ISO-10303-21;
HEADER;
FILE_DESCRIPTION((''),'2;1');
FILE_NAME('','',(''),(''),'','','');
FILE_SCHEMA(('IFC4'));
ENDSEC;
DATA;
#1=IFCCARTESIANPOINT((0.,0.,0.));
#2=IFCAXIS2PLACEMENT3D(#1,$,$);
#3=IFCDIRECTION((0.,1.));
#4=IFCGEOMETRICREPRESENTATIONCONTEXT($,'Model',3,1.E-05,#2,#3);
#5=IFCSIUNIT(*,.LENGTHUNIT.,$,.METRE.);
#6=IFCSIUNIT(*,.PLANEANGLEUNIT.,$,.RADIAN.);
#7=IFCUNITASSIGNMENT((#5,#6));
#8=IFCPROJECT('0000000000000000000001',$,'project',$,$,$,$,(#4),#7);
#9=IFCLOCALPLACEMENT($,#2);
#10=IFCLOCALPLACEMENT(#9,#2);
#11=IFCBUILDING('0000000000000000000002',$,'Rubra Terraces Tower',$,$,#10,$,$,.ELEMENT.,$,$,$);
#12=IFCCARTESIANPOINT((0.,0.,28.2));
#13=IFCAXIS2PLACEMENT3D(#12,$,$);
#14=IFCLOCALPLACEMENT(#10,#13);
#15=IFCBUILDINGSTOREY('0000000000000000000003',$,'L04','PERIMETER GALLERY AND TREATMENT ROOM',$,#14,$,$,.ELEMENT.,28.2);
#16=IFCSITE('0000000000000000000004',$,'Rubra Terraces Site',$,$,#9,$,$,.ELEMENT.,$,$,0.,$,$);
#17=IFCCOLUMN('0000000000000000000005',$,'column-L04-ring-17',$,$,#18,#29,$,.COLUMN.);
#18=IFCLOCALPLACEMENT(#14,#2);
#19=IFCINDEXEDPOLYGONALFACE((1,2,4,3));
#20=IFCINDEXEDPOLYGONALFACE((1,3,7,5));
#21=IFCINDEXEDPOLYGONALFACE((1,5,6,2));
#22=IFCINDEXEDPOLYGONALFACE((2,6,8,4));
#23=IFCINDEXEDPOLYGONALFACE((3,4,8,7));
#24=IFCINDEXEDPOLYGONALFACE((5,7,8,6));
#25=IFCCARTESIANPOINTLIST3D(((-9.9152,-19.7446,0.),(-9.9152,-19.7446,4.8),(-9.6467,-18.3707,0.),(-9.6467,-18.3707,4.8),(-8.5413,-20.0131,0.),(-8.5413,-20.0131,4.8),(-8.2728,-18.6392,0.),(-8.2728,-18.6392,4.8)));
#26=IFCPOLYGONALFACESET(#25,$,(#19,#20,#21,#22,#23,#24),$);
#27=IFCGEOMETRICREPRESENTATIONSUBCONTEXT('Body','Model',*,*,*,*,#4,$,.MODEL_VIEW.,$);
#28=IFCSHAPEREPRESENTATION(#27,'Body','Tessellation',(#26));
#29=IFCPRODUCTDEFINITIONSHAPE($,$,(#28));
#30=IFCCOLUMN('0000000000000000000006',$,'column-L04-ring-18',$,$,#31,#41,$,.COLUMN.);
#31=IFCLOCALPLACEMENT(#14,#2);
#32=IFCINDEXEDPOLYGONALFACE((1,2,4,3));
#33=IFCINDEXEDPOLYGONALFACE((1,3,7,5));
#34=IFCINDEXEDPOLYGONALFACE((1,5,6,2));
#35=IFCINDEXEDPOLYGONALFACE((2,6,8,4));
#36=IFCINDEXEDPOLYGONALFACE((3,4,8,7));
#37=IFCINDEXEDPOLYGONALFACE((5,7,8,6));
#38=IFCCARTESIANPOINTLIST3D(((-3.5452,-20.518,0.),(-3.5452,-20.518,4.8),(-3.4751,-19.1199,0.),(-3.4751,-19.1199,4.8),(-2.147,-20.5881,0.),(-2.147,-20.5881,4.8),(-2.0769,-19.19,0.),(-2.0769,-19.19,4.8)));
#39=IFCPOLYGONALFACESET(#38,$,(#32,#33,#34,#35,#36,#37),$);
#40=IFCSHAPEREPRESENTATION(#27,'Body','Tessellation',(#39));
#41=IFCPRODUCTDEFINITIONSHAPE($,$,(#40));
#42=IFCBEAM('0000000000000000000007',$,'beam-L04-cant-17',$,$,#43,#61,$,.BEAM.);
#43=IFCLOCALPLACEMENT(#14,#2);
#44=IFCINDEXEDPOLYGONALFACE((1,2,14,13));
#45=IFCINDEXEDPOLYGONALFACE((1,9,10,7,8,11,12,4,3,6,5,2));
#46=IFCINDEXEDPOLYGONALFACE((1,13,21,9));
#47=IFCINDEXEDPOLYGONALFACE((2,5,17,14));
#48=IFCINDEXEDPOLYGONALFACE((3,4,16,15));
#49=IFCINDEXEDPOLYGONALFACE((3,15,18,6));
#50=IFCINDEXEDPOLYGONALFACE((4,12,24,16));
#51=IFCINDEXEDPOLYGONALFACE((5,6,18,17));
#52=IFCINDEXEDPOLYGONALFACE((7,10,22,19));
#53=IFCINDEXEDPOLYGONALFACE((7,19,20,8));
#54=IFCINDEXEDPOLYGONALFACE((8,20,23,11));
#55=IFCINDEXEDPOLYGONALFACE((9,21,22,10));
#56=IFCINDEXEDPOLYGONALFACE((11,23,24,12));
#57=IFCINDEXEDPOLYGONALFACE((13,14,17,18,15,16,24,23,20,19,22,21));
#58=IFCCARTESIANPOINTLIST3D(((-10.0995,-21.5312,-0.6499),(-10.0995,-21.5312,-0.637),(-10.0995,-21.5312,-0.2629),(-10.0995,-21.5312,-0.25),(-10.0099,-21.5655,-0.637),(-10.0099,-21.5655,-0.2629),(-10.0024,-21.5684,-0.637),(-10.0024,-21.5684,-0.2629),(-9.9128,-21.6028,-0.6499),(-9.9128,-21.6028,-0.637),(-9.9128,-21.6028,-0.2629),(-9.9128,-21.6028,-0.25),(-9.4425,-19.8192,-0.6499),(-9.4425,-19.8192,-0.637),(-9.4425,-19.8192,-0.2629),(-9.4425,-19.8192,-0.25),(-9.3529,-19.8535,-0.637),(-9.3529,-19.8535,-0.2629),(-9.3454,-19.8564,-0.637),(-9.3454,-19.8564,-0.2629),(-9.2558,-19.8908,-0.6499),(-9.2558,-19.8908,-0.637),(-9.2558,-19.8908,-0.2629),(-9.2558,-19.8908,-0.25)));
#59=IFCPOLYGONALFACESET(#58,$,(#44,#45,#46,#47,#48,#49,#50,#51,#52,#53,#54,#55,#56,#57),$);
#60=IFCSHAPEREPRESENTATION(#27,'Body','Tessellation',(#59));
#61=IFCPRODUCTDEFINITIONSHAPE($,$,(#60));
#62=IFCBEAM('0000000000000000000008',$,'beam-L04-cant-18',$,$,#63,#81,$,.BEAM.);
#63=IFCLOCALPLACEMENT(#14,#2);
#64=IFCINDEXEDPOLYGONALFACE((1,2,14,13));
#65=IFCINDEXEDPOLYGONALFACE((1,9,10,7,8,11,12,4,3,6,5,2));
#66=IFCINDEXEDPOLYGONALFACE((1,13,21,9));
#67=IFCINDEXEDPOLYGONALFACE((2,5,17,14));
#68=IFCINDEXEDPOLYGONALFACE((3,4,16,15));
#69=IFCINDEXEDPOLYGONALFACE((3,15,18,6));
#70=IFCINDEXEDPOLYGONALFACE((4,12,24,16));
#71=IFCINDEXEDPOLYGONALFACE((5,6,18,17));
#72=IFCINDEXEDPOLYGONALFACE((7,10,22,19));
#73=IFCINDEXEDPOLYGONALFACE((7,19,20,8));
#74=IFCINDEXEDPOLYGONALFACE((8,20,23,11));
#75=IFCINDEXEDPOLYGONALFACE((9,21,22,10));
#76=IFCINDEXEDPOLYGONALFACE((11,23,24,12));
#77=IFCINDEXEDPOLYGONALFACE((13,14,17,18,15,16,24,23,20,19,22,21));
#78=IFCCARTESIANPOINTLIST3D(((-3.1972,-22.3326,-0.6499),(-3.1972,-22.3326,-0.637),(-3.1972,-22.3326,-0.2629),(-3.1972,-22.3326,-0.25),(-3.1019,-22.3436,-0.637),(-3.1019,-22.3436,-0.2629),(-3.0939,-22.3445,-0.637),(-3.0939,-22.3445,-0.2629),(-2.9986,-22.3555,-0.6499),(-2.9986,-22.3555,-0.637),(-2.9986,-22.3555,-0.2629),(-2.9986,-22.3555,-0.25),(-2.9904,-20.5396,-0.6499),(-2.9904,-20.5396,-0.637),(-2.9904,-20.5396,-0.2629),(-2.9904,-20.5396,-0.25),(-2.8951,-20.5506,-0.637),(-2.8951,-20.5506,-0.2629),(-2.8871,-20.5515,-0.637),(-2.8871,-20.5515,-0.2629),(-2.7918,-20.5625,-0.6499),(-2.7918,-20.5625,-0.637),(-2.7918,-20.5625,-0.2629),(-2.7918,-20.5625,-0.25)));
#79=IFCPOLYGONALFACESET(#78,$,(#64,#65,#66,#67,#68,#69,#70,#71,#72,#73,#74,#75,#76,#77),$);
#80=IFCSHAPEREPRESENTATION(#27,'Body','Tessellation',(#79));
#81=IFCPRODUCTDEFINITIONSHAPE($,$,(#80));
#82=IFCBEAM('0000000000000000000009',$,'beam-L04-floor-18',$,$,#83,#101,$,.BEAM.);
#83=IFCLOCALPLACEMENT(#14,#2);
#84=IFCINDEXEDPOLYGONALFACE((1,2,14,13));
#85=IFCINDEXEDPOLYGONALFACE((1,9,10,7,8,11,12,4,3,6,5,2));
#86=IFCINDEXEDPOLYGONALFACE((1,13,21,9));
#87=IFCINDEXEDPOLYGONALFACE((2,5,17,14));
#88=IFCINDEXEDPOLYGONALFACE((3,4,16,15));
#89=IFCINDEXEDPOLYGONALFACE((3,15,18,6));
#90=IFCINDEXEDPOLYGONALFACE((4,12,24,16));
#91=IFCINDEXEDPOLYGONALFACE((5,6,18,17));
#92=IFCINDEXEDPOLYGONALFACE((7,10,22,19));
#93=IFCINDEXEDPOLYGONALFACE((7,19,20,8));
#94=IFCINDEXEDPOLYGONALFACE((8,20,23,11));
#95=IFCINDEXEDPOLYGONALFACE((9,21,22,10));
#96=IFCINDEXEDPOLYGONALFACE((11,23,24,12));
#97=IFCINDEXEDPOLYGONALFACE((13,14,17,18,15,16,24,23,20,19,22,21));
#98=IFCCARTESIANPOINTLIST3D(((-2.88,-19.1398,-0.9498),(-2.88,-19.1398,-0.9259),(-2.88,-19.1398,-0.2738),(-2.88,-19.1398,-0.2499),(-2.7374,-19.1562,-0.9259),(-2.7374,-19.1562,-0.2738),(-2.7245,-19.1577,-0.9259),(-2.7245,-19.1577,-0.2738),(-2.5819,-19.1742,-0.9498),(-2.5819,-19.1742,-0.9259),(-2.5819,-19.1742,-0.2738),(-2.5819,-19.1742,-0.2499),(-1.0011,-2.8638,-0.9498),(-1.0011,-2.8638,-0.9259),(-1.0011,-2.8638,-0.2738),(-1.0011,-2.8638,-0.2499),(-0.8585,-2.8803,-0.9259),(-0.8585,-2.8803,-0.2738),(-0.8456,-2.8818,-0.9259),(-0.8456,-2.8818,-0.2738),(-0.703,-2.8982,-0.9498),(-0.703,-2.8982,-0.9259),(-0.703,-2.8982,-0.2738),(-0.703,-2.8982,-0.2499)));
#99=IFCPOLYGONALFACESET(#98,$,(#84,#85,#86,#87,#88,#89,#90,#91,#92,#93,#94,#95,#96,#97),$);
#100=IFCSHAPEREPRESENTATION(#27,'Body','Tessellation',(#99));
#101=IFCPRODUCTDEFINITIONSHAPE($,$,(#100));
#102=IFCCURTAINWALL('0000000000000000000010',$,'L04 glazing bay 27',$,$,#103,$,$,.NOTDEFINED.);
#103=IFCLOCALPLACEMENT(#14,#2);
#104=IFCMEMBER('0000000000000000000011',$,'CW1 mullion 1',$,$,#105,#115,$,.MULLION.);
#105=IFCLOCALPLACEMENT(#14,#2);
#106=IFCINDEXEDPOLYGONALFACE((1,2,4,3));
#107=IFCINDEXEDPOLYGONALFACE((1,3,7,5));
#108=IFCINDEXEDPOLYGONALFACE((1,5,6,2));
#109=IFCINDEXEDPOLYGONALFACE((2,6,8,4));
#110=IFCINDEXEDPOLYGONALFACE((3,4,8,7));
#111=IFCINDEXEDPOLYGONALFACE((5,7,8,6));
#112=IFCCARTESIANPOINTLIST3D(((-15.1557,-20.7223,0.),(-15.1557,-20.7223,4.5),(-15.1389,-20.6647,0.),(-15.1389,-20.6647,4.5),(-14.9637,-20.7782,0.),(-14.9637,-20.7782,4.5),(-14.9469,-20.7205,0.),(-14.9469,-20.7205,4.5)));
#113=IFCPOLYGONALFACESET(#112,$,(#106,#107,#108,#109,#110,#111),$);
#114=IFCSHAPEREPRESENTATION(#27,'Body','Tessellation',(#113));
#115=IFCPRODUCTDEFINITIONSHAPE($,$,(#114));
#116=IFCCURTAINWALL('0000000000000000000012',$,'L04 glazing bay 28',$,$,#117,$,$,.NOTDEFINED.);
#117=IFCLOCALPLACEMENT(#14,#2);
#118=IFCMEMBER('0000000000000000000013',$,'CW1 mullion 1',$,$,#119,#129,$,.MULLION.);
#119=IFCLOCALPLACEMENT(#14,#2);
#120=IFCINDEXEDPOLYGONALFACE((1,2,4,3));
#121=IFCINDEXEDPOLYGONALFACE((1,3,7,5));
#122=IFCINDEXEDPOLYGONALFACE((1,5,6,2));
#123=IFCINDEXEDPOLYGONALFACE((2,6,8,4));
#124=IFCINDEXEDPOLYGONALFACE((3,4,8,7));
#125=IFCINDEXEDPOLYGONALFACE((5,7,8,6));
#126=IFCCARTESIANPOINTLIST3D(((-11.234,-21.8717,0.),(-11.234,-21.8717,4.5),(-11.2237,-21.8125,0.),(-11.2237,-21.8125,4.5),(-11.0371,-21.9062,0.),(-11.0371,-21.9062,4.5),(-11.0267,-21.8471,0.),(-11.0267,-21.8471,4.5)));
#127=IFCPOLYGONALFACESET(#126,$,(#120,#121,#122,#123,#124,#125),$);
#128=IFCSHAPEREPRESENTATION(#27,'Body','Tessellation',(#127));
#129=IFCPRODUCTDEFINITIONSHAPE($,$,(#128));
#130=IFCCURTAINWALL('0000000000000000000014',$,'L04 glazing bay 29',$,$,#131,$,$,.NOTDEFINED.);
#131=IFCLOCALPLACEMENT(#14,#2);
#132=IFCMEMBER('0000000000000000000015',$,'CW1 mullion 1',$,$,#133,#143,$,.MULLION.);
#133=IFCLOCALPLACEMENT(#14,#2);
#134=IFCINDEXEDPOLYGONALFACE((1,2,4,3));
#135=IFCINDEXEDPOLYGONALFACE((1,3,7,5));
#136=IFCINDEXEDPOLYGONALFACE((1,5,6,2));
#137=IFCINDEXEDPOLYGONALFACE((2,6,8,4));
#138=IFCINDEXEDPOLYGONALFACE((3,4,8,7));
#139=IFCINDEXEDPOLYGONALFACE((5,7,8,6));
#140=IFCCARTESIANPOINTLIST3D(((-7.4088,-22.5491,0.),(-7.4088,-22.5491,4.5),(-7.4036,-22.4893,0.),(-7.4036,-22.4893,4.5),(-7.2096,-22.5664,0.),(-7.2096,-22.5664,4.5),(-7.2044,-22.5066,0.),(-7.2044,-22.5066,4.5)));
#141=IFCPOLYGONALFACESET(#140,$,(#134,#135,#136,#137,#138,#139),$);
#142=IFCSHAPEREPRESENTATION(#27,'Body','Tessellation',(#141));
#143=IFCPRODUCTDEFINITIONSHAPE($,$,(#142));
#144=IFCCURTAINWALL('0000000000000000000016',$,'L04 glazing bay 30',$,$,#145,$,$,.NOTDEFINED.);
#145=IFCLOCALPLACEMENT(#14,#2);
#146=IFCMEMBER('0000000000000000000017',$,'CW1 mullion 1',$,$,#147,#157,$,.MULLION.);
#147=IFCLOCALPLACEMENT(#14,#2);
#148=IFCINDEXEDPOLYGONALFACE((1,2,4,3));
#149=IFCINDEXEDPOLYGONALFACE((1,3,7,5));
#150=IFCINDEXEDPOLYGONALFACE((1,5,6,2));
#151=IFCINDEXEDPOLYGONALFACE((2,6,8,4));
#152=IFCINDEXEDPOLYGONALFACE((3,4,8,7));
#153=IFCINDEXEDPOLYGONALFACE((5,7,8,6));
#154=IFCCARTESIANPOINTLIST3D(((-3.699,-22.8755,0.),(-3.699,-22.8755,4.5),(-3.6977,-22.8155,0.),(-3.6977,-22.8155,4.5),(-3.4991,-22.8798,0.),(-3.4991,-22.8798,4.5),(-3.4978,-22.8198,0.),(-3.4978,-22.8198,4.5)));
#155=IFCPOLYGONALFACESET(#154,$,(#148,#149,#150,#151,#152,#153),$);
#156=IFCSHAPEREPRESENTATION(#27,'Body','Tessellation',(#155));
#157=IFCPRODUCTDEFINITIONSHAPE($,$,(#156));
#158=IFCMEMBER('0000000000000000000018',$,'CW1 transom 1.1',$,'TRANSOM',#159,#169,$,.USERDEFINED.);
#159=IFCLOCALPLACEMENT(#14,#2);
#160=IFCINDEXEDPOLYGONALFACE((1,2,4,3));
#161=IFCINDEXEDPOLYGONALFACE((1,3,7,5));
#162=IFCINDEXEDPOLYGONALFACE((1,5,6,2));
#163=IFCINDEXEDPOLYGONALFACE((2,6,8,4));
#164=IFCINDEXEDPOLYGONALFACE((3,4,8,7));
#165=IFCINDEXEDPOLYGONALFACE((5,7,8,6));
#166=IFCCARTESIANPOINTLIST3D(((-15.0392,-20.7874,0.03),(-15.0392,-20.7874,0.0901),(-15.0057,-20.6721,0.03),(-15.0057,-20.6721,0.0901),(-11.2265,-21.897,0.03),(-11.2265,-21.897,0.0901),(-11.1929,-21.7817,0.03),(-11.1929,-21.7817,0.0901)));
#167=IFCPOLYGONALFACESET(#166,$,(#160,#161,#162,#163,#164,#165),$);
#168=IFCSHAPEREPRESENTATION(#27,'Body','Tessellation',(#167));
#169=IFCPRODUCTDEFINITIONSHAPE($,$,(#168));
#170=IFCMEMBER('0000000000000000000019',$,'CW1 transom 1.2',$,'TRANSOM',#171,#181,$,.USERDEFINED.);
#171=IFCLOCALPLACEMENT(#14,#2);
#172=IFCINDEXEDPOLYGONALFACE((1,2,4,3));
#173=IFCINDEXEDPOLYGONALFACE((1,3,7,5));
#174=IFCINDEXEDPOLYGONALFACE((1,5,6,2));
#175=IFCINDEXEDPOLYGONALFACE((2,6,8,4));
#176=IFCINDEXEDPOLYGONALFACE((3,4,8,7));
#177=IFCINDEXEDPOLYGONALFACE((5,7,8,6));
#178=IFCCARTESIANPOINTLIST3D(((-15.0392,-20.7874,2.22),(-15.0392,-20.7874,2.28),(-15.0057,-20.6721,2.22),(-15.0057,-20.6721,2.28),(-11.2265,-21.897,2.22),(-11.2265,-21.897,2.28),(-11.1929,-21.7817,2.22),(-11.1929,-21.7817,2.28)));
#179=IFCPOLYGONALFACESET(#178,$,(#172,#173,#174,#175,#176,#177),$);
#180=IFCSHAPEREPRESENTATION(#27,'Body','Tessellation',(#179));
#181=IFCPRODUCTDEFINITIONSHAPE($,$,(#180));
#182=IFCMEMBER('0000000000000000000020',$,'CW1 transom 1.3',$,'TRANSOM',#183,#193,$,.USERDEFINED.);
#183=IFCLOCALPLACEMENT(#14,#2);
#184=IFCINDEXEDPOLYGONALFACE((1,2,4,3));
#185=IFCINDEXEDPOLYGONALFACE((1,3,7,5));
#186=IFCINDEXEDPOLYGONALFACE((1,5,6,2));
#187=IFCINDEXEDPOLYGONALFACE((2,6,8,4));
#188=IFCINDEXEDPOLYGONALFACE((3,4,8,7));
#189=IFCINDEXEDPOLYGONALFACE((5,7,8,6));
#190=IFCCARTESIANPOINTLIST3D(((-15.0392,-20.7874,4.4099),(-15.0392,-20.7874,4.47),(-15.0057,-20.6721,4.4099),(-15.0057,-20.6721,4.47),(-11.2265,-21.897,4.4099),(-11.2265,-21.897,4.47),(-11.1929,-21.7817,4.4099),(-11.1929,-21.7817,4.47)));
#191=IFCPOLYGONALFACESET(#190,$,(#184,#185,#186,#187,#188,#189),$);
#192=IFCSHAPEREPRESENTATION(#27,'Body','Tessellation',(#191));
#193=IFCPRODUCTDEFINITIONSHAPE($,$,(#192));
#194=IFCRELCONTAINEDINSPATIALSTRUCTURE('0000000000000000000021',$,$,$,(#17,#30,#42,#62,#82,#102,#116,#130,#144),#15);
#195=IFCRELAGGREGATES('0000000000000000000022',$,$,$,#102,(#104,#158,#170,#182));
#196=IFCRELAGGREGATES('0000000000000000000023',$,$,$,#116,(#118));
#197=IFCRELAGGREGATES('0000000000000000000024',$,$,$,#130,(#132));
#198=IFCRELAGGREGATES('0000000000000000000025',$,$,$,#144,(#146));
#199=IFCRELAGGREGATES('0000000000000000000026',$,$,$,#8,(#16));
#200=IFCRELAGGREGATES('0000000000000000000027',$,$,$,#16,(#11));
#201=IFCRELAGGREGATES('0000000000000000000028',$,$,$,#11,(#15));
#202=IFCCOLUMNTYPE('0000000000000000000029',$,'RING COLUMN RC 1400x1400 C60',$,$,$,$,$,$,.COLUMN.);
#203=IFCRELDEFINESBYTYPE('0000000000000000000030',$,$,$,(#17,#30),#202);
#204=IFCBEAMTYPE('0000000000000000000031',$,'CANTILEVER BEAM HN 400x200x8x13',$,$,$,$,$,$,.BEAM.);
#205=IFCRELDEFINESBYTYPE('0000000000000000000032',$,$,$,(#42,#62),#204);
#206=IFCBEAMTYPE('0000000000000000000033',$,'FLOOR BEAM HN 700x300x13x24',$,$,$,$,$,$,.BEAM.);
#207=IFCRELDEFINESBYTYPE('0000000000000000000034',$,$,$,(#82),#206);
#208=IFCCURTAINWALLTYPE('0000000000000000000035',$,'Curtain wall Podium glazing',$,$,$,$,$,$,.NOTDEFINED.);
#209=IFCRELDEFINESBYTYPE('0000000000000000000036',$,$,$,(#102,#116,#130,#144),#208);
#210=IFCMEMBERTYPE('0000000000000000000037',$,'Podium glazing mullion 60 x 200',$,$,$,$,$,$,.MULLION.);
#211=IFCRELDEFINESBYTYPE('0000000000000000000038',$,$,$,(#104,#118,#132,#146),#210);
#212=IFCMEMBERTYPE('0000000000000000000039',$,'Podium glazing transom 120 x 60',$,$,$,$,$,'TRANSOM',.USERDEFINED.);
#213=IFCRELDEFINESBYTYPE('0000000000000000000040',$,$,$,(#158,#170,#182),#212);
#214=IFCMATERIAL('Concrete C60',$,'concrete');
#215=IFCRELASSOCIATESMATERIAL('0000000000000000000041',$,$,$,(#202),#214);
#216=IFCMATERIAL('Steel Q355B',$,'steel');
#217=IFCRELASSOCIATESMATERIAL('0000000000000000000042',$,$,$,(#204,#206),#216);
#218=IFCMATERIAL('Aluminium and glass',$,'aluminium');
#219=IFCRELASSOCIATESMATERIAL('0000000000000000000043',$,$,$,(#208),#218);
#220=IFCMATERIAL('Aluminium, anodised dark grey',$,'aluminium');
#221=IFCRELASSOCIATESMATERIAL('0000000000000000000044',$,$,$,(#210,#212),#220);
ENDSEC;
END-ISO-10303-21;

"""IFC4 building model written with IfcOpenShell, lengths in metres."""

from ifc_helpers import new_model, si_unit, direction, frame, origin, origin_2d, place, context, subcontext, project, spatial, rectangle, i_section, extrude, material, material_profile, profile_set, type_object, element, aggregate, save


model = new_model("IFC4")

# Units and contexts
model_context = context("Model", 3, precision=1e-05, world=origin(), true_north=direction((0.0, 1.0)))
body_context = subcontext(model_context, "Body", "Model", "MODEL_VIEW")
ifc_project = project(units=[si_unit("LENGTHUNIT", "METRE"), si_unit("PLANEANGLEUNIT", "RADIAN")], contexts=[model_context])

# Site, building, storey
site_placement = place(None, origin())
site = spatial("IfcSite", under=ifc_project, at=site_placement, Name="Rubra Terraces Site", CompositionType="ELEMENT", RefElevation=0.0)
building_placement = place(site_placement, origin())
building = spatial("IfcBuilding", under=site, at=building_placement, Name="Rubra Terraces Tower", CompositionType="ELEMENT")
storey_placement = place(building_placement, frame((0.0, 0.0, 28.2)))
storey = spatial("IfcBuildingStorey", under=building, at=storey_placement, Name="L04", Description="PERIMETER GALLERY AND TREATMENT ROOM", CompositionType="ELEMENT", Elevation=28.2)

# Columns
ifc_material_1 = material(Name="Concrete C60", Category="concrete")
ifc_material_profile_1 = material_profile(ifc_material_1, rectangle(XDim=1.3999, YDim=1.3999, at=origin_2d()), Name="RC 1400x1400")
ifc_profile_set_1 = profile_set([ifc_material_profile_1], Name="Concrete C60")
column_type = type_object("IfcColumnType", Name="RING COLUMN RC 1400x1400 C60", PredefinedType="COLUMN", material=ifc_profile_set_1)
for number, where, z_axis, x_axis, name in (
    (1, (-9.094, -19.1919, 0.0), (0.0, 0.0, 1.0), (0.98143, -0.191819, 0.0), "column-L04-ring-17"),
    (2, (-2.811, -19.854, 0.0), (0.0, 0.0, 1.0), (0.998745, -0.050084, 0.0), "column-L04-ring-18"),
):
    element("IfcColumn", number, at=place(storey_placement, frame(where, z_axis=z_axis, x_axis=x_axis)), inside=storey, type_object=column_type, Name=name, PredefinedType="COLUMN", context=body_context, shape_type="SweptSolid", body=[
        extrude(rectangle(XDim=1.3999, YDim=1.3999, at=origin_2d()), origin(), (0.0, 0.0, 1.0), 4.8),
    ])

# Beams
ifc_material_2 = material(Name="Steel Q355B", Category="steel")
ifc_material_profile_2 = material_profile(ifc_material_2, i_section(OverallWidth=0.2, OverallDepth=0.3999, WebThickness=0.0081, FlangeThickness=0.0129, at=origin_2d()), Name="HN 400x200x8x13")
ifc_profile_set_2 = profile_set([ifc_material_profile_2], Name="Steel Q355B")
beam_type_1 = type_object("IfcBeamType", Name="CANTILEVER BEAM HN 400x200x8x13", PredefinedType="BEAM", material=ifc_profile_set_2)
beam_1_placement = place(storey_placement, frame((-9.3491, -19.855, -0.45), z_axis=(-0.358292, -0.93361, 0.0), x_axis=(0.93361, -0.358292, 0.0)))
element("IfcBeam", 3, at=beam_1_placement, inside=storey, type_object=beam_type_1, Name="beam-L04-cant-17", PredefinedType="BEAM", context=body_context, shape_type="SweptSolid", body=[
    extrude(i_section(OverallWidth=0.2, OverallDepth=0.3999, WebThickness=0.0081, FlangeThickness=0.0129, at=origin_2d()), origin(), (0.0, 0.0, 1.0), 1.8337),
])
beam_2_placement = place(storey_placement, frame((-2.8911, -20.551, -0.45), z_axis=(-0.114573, -0.993415, 0.0), x_axis=(0.993415, -0.114573, 0.0)))
element("IfcBeam", 4, at=beam_2_placement, inside=storey, type_object=beam_type_1, Name="beam-L04-cant-18", PredefinedType="BEAM", context=body_context, shape_type="SweptSolid", body=[
    extrude(i_section(OverallWidth=0.2, OverallDepth=0.3999, WebThickness=0.0081, FlangeThickness=0.0129, at=origin_2d()), origin(), (0.0, 0.0, 1.0), 1.8049),
])
ifc_material_profile_3 = material_profile(ifc_material_2, i_section(OverallWidth=0.3, OverallDepth=0.7, WebThickness=0.0129, FlangeThickness=0.0239, at=origin_2d()), Name="HN 700x300x13x24")
ifc_profile_set_3 = profile_set([ifc_material_profile_3], Name="Steel Q355B")
beam_type_2 = type_object("IfcBeamType", Name="FLOOR BEAM HN 700x300x13x24", PredefinedType="BEAM", material=ifc_profile_set_3)
beam_3_placement = place(storey_placement, frame((-2.731, -19.157, -0.5999), z_axis=(0.11468, 0.993403, 0.0), x_axis=(-0.993403, 0.11468, 0.0)))
element("IfcBeam", 5, at=beam_3_placement, inside=storey, type_object=beam_type_2, Name="beam-L04-floor-18", PredefinedType="BEAM", context=body_context, shape_type="SweptSolid", body=[
    extrude(i_section(OverallWidth=0.3, OverallDepth=0.7, WebThickness=0.0129, FlangeThickness=0.0239, at=origin_2d()), origin(), (0.0, 0.0, 1.0), 16.384),
])

# Curtain walls, members
ifc_material_3 = material(Name="Aluminium and glass", Category="aluminium")
curtain_wall_type = type_object("IfcCurtainWallType", Name="Curtain wall Podium glazing", PredefinedType="NOTDEFINED", material=ifc_material_3)
curtain_wall_1_placement = place(storey_placement, origin())
curtain_wall_1 = element("IfcCurtainWall", 6, at=curtain_wall_1_placement, inside=storey, type_object=curtain_wall_type, Name="L04 glazing bay 27", PredefinedType="NOTDEFINED")
ifc_material_4 = material(Name="Aluminium, anodised dark grey", Category="aluminium")
ifc_material_profile_4 = material_profile(ifc_material_4, rectangle(XDim=0.0601, YDim=0.2, at=origin_2d()), Name="AL 60x200")
ifc_profile_set_4 = profile_set([ifc_material_profile_4], Name="Aluminium, anodised dark grey")
member_type_1 = type_object("IfcMemberType", Name="Podium glazing mullion 60 x 200", PredefinedType="MULLION", material=ifc_profile_set_4)
member_1_placement = place(storey_placement, frame((-15.0513, -20.7214, 0.0), z_axis=(0.0, 0.0, 1.0), x_axis=(0.279399, 0.960175, 0.0)))
member_1 = element("IfcMember", 7, at=member_1_placement, type_object=member_type_1, Name="CW1 mullion 1", PredefinedType="MULLION", context=body_context, shape_type="SweptSolid", body=[
    extrude(rectangle(XDim=0.0601, YDim=0.2, at=origin_2d()), origin(), (0.0, 0.0, 1.0), 4.5),
])
curtain_wall_2_placement = place(storey_placement, origin())
curtain_wall_2 = element("IfcCurtainWall", 8, at=curtain_wall_2_placement, inside=storey, type_object=curtain_wall_type, Name="L04 glazing bay 28", PredefinedType="NOTDEFINED")
member_2_placement = place(storey_placement, frame((-11.1304, -21.8594, 0.0), z_axis=(0.0, 0.0, 1.0), x_axis=(0.172817, 0.984954, 0.0)))
member_2 = element("IfcMember", 9, at=member_2_placement, type_object=member_type_1, Name="CW1 mullion 1", PredefinedType="MULLION", context=body_context, shape_type="SweptSolid", body=[
    extrude(rectangle(XDim=0.0601, YDim=0.2, at=origin_2d()), origin(), (0.0, 0.0, 1.0), 4.5),
])
curtain_wall_3_placement = place(storey_placement, origin())
curtain_wall_3 = element("IfcCurtainWall", 10, at=curtain_wall_3_placement, inside=storey, type_object=curtain_wall_type, Name="L04 glazing bay 29", PredefinedType="NOTDEFINED")
member_3_placement = place(storey_placement, frame((-7.3066, -22.5278, 0.0), z_axis=(0.0, 0.0, 1.0), x_axis=(0.086398, 0.996261, 0.0)))
member_3 = element("IfcMember", 11, at=member_3_placement, type_object=member_type_1, Name="CW1 mullion 1", PredefinedType="MULLION", context=body_context, shape_type="SweptSolid", body=[
    extrude(rectangle(XDim=0.0601, YDim=0.2, at=origin_2d()), origin(), (0.0, 0.0, 1.0), 4.5),
])
curtain_wall_4_placement = place(storey_placement, origin())
curtain_wall_4 = element("IfcCurtainWall", 12, at=curtain_wall_4_placement, inside=storey, type_object=curtain_wall_type, Name="L04 glazing bay 30", PredefinedType="NOTDEFINED")
member_4_placement = place(storey_placement, frame((-3.5984, -22.8477, 0.0), z_axis=(0.0, 0.0, 1.0), x_axis=(0.021483, 0.999769, 0.0)))
member_4 = element("IfcMember", 13, at=member_4_placement, type_object=member_type_1, Name="CW1 mullion 1", PredefinedType="MULLION", context=body_context, shape_type="SweptSolid", body=[
    extrude(rectangle(XDim=0.0601, YDim=0.2, at=origin_2d()), origin(), (0.0, 0.0, 1.0), 4.5),
])

# Members
ifc_material_profile_5 = material_profile(ifc_material_4, rectangle(XDim=0.1201, YDim=0.0601, at=origin_2d()), Name="AL 120x60")
ifc_profile_set_5 = profile_set([ifc_material_profile_5], Name="Aluminium, anodised dark grey")
member_type_2 = type_object("IfcMemberType", Name="Podium glazing transom 120 x 60", ElementType="TRANSOM", PredefinedType="USERDEFINED", material=ifc_profile_set_5)
member_5_placement = place(storey_placement, frame((-15.0225, -20.7297, 0.0601), z_axis=(0.960164, -0.279436, 0.0), x_axis=(0.279436, 0.960164, 0.0)))
member_5 = element("IfcMember", 14, at=member_5_placement, type_object=member_type_2, Name="CW1 transom 1.1", ObjectType="TRANSOM", PredefinedType="USERDEFINED", context=body_context, shape_type="SweptSolid", body=[
    extrude(rectangle(XDim=0.1201, YDim=0.0601, at=origin_2d()), origin(), (0.0, 0.0, 1.0), 3.9709),
])
member_6_placement = place(storey_placement, frame((-15.0225, -20.7297, 2.25), z_axis=(0.960164, -0.279436, 0.0), x_axis=(0.279436, 0.960164, 0.0)))
member_6 = element("IfcMember", 15, at=member_6_placement, type_object=member_type_2, Name="CW1 transom 1.2", ObjectType="TRANSOM", PredefinedType="USERDEFINED", context=body_context, shape_type="SweptSolid", body=[
    extrude(rectangle(XDim=0.1201, YDim=0.0601, at=origin_2d()), origin(), (0.0, 0.0, 1.0), 3.9709),
])
member_7_placement = place(storey_placement, frame((-15.0225, -20.7297, 4.4399), z_axis=(0.960164, -0.279436, 0.0), x_axis=(0.279436, 0.960164, 0.0)))
member_7 = element("IfcMember", 16, at=member_7_placement, type_object=member_type_2, Name="CW1 transom 1.3", ObjectType="TRANSOM", PredefinedType="USERDEFINED", context=body_context, shape_type="SweptSolid", body=[
    extrude(rectangle(XDim=0.1201, YDim=0.0601, at=origin_2d()), origin(), (0.0, 0.0, 1.0), 3.9709),
])

aggregate(curtain_wall_1, [member_1, member_5, member_6, member_7])
aggregate(curtain_wall_2, [member_2])
aggregate(curtain_wall_3, [member_3])
aggregate(curtain_wall_4, [member_4])

save(model, "model.ifc")
